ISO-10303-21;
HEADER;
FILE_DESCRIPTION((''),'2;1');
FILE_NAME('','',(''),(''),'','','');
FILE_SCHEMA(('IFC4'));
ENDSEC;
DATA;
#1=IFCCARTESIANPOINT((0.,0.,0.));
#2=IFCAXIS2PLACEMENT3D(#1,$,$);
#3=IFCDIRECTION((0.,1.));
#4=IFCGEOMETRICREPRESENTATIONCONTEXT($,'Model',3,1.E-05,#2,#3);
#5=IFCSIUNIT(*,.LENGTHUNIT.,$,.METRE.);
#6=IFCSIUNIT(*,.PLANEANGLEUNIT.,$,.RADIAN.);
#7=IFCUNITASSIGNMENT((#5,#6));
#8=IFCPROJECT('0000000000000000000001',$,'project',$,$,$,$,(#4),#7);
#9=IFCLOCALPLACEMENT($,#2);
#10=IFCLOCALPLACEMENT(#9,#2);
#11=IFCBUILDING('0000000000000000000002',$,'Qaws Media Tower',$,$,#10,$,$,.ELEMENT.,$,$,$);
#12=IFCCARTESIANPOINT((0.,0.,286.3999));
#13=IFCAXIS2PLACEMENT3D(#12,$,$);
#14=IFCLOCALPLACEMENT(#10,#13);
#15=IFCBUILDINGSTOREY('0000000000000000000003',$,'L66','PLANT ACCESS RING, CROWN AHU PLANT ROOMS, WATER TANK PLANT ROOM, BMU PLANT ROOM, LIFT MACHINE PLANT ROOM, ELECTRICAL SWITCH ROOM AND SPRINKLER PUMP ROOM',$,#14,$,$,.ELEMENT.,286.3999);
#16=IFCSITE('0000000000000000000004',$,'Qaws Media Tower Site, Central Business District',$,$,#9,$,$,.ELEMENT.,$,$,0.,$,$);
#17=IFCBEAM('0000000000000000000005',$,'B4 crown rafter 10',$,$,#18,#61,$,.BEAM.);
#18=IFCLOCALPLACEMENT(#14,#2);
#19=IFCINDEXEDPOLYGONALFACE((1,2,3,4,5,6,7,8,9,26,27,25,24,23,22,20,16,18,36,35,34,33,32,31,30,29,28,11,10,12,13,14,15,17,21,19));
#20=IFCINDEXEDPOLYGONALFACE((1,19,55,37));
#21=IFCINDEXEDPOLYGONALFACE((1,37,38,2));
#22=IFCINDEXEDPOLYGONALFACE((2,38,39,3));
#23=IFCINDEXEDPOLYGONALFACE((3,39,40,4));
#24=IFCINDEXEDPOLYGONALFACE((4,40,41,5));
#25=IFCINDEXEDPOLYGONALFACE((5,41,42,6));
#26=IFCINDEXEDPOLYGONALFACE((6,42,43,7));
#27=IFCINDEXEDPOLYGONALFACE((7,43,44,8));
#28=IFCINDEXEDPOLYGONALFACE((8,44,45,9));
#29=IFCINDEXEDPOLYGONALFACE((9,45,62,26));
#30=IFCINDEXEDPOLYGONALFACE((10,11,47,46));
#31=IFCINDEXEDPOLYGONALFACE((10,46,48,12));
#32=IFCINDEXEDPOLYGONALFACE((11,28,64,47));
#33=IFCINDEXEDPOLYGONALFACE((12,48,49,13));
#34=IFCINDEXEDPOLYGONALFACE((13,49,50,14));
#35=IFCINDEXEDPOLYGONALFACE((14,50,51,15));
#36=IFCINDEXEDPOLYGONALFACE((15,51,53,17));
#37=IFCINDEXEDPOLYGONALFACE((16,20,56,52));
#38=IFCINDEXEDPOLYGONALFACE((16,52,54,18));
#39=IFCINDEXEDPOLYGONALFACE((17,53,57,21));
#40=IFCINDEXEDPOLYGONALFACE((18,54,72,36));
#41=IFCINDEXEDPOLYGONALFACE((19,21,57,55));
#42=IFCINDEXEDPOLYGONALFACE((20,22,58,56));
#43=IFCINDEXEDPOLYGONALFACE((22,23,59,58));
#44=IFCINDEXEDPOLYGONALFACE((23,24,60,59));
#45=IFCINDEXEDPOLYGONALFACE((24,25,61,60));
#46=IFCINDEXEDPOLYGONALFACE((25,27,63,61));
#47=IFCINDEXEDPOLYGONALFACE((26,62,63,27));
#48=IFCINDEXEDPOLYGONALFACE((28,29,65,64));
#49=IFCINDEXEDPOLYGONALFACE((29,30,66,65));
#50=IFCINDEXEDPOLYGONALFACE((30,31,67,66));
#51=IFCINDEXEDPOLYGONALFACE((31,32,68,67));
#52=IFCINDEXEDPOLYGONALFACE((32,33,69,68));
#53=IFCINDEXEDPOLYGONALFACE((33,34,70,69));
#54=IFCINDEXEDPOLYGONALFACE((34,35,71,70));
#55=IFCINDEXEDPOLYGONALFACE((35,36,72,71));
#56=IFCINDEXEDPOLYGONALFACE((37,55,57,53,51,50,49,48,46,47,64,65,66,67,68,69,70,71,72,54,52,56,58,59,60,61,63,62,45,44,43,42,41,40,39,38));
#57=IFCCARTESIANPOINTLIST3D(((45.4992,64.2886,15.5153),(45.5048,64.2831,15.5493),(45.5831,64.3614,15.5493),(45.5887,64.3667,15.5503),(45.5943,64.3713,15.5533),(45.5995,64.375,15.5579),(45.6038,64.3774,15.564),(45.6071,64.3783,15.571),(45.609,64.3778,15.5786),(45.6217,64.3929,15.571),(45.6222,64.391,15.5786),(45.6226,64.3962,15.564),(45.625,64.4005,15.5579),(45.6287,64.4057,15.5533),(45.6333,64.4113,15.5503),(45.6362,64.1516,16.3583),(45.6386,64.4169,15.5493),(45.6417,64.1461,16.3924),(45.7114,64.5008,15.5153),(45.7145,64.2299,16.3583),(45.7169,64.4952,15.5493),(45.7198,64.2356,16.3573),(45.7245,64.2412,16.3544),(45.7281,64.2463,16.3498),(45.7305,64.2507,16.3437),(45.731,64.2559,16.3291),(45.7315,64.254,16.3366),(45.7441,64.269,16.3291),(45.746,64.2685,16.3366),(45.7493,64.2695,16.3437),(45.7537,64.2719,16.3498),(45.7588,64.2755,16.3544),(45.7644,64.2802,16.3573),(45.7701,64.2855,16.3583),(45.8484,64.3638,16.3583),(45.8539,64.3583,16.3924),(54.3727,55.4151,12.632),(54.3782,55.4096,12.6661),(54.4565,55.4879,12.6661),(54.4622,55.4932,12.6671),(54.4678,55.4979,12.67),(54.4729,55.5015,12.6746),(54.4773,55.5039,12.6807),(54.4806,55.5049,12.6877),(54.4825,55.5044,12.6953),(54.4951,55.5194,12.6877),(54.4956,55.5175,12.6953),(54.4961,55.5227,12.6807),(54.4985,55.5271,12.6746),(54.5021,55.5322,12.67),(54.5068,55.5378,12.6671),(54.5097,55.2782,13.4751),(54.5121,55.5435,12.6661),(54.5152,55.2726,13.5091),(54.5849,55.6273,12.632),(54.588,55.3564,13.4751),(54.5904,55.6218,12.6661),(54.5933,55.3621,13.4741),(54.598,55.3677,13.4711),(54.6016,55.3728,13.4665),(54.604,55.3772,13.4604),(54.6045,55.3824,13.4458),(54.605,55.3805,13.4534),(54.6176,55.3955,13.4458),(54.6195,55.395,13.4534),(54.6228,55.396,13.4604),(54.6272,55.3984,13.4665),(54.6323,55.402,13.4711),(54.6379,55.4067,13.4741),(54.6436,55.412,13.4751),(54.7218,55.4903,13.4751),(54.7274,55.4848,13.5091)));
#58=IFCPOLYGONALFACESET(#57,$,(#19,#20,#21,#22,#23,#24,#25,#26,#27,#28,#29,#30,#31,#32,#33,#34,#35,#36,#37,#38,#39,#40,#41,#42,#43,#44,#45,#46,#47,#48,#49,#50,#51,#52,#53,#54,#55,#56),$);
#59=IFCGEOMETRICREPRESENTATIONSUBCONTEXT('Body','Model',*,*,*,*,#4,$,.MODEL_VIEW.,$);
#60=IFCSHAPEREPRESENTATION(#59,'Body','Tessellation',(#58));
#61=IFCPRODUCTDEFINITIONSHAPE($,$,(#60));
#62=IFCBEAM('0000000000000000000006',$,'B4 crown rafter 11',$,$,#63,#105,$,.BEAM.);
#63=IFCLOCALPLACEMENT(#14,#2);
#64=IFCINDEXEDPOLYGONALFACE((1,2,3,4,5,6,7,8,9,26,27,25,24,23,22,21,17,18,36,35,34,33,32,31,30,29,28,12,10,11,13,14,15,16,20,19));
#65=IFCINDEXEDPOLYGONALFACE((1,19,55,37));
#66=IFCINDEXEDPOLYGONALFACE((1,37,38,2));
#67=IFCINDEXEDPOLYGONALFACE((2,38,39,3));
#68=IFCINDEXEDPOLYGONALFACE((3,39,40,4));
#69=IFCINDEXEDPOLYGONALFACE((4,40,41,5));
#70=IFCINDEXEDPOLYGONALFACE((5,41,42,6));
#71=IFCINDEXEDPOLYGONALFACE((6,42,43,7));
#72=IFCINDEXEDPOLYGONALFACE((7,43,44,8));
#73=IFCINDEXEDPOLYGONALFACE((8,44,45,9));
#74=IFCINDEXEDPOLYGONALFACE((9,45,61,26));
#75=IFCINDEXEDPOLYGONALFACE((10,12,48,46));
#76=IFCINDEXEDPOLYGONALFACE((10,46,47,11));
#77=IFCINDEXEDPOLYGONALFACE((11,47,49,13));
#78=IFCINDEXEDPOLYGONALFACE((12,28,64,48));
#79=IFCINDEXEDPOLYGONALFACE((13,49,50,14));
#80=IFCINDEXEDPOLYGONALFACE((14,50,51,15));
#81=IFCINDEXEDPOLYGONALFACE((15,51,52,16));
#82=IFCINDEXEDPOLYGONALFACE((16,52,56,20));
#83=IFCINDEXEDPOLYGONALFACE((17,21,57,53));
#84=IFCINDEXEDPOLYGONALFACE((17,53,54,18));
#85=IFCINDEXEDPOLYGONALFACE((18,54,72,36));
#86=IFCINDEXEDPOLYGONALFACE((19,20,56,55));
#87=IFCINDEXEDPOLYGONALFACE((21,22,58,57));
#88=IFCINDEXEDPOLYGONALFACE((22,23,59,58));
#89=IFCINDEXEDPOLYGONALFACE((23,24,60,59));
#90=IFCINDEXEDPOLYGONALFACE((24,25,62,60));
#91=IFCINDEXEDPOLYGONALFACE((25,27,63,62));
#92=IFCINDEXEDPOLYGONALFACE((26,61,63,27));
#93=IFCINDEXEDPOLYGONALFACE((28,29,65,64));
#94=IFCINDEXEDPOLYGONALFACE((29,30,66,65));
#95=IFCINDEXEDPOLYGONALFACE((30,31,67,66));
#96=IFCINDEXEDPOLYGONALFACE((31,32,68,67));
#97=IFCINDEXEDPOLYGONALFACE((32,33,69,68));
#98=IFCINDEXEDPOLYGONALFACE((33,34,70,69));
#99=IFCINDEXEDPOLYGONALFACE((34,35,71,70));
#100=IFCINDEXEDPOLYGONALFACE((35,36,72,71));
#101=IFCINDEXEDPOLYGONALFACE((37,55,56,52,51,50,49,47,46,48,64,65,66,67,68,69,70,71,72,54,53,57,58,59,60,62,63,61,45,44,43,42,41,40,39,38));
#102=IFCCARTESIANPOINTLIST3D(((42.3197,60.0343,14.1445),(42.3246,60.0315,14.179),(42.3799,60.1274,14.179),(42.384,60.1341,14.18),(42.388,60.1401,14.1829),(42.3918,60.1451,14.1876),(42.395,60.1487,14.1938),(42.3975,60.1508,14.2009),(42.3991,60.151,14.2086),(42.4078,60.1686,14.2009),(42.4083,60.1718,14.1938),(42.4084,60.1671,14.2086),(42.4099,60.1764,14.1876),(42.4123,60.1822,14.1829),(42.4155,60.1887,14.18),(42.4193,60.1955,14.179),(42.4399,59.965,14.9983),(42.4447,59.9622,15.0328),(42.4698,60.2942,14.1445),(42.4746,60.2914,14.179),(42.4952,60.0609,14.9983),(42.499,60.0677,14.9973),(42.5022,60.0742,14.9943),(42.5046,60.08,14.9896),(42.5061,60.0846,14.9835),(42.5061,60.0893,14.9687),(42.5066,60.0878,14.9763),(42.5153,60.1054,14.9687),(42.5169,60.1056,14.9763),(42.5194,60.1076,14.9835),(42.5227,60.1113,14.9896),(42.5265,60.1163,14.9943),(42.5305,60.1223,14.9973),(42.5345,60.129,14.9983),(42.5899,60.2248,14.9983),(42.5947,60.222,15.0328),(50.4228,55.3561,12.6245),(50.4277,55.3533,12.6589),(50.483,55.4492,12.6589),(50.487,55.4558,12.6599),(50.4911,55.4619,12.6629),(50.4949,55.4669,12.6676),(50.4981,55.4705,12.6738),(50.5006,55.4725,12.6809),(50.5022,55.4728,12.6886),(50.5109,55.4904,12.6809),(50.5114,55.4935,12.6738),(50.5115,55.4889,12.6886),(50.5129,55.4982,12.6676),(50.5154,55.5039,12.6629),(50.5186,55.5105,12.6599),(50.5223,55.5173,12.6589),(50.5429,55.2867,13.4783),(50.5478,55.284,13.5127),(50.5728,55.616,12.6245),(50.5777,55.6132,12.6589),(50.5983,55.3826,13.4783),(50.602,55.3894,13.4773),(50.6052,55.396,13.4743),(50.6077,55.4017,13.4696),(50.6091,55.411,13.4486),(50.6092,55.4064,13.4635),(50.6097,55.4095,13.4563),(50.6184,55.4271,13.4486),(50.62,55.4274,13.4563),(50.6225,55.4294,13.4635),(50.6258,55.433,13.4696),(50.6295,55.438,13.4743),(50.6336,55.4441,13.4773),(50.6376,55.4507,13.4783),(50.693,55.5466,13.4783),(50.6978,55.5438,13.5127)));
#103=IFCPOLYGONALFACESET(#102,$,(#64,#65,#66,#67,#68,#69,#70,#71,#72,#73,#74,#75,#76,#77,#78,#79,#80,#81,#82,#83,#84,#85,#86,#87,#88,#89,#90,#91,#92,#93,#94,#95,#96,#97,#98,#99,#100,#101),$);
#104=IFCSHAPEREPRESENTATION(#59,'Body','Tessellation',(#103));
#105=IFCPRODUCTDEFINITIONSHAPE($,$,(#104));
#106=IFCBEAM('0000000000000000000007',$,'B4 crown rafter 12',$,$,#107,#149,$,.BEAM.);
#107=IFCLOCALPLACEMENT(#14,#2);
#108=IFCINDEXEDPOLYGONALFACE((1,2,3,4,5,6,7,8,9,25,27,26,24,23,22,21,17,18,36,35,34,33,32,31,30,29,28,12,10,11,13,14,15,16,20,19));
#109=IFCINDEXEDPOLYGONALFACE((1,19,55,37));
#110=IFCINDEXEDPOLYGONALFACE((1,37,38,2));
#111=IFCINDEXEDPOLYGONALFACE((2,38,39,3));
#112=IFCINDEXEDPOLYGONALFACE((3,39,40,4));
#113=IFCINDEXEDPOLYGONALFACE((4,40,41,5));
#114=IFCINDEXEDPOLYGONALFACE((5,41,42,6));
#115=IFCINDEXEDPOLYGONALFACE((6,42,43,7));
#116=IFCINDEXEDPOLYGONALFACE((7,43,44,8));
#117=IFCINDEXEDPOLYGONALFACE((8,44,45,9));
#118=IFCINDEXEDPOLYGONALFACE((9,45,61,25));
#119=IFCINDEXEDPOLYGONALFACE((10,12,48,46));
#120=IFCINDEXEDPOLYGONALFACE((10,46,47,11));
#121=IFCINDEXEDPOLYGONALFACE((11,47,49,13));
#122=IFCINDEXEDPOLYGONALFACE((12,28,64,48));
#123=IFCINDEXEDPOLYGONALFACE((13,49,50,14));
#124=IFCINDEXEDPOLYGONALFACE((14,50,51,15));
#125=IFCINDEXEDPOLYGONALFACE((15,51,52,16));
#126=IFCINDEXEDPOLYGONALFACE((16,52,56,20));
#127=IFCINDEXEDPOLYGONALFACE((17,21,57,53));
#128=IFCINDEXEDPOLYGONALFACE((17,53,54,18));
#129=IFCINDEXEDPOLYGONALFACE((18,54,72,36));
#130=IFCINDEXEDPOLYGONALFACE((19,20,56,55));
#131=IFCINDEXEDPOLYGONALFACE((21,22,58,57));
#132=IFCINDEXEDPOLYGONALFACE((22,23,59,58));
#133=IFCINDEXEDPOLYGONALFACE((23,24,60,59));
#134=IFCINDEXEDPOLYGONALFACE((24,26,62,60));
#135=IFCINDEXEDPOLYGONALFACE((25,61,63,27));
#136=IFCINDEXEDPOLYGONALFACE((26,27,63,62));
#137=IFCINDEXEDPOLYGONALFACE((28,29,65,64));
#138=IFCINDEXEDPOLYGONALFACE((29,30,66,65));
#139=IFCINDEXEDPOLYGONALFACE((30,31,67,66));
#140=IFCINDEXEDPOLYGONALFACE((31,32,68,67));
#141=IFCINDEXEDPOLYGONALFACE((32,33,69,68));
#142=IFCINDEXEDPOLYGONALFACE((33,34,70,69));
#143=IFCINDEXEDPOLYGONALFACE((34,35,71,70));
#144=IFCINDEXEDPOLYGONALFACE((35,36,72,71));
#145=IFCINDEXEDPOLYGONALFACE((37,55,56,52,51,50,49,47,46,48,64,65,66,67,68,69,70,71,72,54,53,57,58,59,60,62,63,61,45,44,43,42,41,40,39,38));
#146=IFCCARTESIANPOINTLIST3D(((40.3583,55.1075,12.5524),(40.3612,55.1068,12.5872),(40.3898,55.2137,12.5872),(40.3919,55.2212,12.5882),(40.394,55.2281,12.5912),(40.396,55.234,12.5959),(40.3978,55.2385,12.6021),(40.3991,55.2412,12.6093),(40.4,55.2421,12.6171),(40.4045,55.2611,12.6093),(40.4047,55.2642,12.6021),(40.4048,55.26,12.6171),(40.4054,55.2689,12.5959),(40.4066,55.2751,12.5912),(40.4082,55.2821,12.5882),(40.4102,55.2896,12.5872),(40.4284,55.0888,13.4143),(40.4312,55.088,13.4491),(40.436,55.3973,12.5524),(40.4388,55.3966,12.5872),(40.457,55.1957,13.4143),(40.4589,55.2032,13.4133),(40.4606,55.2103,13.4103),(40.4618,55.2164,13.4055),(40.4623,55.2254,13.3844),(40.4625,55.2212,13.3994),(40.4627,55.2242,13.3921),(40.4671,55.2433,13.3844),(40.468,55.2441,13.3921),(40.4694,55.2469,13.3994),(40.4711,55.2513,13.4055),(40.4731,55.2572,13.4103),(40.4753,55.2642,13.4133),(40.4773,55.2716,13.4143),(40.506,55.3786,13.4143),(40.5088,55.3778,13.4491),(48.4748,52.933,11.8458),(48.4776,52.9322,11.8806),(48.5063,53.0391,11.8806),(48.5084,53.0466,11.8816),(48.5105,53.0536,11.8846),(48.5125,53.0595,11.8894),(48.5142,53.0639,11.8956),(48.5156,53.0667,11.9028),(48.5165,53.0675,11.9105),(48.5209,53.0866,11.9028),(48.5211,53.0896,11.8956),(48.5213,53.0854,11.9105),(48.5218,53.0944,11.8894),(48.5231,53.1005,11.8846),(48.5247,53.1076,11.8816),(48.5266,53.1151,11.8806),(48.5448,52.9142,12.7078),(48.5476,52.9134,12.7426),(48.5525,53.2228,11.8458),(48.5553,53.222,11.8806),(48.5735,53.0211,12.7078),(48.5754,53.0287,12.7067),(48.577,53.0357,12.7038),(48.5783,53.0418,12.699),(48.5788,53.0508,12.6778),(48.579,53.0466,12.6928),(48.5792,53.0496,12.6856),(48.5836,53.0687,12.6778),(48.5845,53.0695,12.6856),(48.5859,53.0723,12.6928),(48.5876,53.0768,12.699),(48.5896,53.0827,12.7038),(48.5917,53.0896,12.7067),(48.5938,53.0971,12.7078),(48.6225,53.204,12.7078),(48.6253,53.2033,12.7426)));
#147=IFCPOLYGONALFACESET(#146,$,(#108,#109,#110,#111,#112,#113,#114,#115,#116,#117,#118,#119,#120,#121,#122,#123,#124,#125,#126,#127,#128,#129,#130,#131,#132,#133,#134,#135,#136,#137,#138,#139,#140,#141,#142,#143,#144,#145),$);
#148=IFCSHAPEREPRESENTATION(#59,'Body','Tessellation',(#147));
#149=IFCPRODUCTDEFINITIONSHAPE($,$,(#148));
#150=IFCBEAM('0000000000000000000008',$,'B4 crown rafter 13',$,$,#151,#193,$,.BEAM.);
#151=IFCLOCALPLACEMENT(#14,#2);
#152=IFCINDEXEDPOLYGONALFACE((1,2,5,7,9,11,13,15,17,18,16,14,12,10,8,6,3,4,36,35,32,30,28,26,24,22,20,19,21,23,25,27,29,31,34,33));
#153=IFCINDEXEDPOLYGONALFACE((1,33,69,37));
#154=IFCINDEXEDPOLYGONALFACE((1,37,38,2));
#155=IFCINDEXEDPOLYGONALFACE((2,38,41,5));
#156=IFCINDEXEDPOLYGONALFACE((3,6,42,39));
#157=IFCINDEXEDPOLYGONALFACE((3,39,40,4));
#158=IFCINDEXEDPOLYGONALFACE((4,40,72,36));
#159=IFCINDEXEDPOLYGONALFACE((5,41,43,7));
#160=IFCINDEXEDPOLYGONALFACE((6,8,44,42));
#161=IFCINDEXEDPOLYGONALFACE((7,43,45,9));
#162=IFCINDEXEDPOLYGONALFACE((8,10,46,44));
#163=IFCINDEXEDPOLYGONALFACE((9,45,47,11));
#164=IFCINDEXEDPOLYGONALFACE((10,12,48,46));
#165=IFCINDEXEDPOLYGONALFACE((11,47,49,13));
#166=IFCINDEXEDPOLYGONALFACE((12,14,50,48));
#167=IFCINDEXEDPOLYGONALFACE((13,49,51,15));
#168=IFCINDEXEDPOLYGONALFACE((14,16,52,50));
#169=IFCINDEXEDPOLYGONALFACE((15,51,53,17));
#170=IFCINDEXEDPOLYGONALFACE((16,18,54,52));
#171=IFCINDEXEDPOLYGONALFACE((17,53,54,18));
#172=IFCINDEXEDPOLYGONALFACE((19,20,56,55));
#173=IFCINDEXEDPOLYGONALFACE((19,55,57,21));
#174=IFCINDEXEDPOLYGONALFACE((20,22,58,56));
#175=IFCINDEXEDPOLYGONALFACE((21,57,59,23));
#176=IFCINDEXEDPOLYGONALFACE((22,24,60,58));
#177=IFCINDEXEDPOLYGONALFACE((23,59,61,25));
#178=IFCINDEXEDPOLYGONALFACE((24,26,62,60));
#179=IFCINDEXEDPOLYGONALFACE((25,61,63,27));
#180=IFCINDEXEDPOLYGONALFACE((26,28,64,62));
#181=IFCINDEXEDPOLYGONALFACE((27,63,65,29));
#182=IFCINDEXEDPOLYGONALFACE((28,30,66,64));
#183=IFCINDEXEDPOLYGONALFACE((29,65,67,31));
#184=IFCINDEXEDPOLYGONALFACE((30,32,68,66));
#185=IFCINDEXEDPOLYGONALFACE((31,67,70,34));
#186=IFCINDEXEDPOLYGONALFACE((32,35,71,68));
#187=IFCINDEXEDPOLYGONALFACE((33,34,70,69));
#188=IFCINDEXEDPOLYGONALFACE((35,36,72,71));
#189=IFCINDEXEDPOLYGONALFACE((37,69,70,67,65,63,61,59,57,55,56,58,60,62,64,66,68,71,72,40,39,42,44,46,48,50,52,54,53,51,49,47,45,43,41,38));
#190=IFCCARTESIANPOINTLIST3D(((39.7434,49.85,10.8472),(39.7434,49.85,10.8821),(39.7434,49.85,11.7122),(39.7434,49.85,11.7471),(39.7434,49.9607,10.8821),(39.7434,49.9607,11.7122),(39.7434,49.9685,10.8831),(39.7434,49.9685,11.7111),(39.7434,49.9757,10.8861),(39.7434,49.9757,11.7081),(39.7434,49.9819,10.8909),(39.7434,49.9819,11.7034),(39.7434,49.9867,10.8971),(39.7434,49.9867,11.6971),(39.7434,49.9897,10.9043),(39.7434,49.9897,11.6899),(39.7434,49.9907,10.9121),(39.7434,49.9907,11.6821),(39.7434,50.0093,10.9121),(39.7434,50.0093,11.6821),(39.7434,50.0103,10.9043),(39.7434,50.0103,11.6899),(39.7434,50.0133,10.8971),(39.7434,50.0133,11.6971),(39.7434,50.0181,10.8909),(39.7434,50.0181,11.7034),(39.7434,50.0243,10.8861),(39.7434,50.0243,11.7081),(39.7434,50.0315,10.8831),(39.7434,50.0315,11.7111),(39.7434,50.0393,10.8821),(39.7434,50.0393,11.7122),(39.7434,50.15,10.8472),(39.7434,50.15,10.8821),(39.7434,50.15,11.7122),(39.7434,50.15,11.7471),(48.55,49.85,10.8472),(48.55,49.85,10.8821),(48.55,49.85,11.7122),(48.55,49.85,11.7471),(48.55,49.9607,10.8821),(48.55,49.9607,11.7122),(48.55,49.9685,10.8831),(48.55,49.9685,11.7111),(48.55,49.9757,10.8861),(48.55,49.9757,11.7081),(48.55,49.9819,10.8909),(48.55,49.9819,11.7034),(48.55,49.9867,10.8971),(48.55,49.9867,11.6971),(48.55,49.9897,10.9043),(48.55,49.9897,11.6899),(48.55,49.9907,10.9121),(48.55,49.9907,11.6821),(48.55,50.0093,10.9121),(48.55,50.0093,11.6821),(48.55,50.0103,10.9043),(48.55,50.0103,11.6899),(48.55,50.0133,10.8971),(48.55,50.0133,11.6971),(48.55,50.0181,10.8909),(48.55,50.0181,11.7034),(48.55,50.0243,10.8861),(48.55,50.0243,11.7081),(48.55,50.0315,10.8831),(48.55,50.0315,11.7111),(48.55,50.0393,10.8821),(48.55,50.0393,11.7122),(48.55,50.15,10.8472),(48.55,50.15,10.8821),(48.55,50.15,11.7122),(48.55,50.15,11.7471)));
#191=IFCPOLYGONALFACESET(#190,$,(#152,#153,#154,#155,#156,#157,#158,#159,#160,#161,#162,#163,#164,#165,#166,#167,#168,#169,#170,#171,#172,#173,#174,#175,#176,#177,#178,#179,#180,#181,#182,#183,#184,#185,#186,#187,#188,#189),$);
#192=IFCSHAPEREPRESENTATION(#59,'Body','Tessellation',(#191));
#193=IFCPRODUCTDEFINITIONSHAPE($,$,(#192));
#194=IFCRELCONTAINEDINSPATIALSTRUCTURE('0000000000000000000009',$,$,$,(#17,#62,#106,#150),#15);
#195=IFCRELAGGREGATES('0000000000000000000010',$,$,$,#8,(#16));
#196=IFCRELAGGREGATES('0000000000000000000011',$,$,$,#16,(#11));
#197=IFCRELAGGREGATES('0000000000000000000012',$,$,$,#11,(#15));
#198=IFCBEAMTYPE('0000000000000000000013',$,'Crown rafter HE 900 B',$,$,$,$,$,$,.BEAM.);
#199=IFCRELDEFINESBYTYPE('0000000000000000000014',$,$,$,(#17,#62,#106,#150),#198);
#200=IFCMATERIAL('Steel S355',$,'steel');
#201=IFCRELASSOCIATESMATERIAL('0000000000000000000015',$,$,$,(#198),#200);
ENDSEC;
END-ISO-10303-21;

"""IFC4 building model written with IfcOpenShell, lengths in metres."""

from ifc_helpers import new_model, si_unit, direction, frame, origin, origin_2d, place, context, subcontext, project, spatial, i_section, extrude, material, material_profile, profile_set, type_object, element, save


model = new_model("IFC4")

# Units and contexts
model_context = context("Model", 3, precision=1e-05, world=origin(), true_north=direction((0.0, 1.0)))
body_context = subcontext(model_context, "Body", "Model", "MODEL_VIEW")
ifc_project = project(units=[si_unit("LENGTHUNIT", "METRE"), si_unit("PLANEANGLEUNIT", "RADIAN")], contexts=[model_context])

# Site, building, storey
site_placement = place(None, origin())
site = spatial("IfcSite", under=ifc_project, at=site_placement, Name="Qaws Media Tower Site, Central Business District", CompositionType="ELEMENT", RefElevation=0.0)
building_placement = place(site_placement, origin())
building = spatial("IfcBuilding", under=site, at=building_placement, Name="Qaws Media Tower", CompositionType="ELEMENT")
storey_placement = place(building_placement, frame((0.0, 0.0, 286.3999)))
storey = spatial("IfcBuildingStorey", under=building, at=storey_placement, Name="L66", Description="PLANT ACCESS RING, CROWN AHU PLANT ROOMS, WATER TANK PLANT ROOM, BMU PLANT ROOM, LIFT MACHINE PLANT ROOM, ELECTRICAL SWITCH ROOM AND SPRINKLER PUMP ROOM", CompositionType="ELEMENT", Elevation=286.3999)

# Beams
ifc_material_1 = material(Name="Steel S355", Category="steel")
ifc_material_profile_1 = material_profile(ifc_material_1, i_section(OverallWidth=0.3, OverallDepth=0.8999, WebThickness=0.0186, FlangeThickness=0.0349, FilletRadius=0.03, at=origin_2d()), Name="HE 900 B")
ifc_profile_set_1 = profile_set([ifc_material_profile_1], Name="Steel S355")
beam_type_1 = type_object("IfcBeamType", Name="Crown rafter HE 900 B", PredefinedType="BEAM", material=ifc_profile_set_1)
beam_1_placement = place(storey_placement, frame((54.55, 55.45, 13.0706), z_axis=(-0.68915, 0.68915, 0.223927), x_axis=(-0.707107, -0.707107, 0.0)))
element("IfcBeam", 1, at=beam_1_placement, inside=storey, type_object=beam_type_1, Name="B4 crown rafter 10", PredefinedType="BEAM", context=body_context, shape_type="SweptSolid", body=[
    extrude(i_section(OverallWidth=0.3, OverallDepth=0.8999, WebThickness=0.0186, FlangeThickness=0.0349, FilletRadius=0.03, at=origin_2d()), origin(), (0.0, 0.0, 1.0), 12.876),
])
beam_2_placement = place(storey_placement, frame((50.5603, 55.45, 13.0686), z_axis=(-0.854822, 0.493525, 0.160353), x_axis=(-0.499995, -0.866028, 0.0)))
element("IfcBeam", 2, at=beam_2_placement, inside=storey, type_object=beam_type_1, Name="B4 crown rafter 11", PredefinedType="BEAM", context=body_context, shape_type="SweptSolid", body=[
    extrude(i_section(OverallWidth=0.3, OverallDepth=0.8999, WebThickness=0.0186, FlangeThickness=0.0349, FilletRadius=0.03, at=origin_2d()), origin(), (0.0, 0.0, 1.0), 9.4792),
])
beam_3_placement = place(storey_placement, frame((48.55, 53.0681, 12.2942), z_axis=(-0.962536, 0.257883, 0.083789), x_axis=(-0.258793, -0.965933, 0.0)))
element("IfcBeam", 3, at=beam_3_placement, inside=storey, type_object=beam_type_1, Name="B4 crown rafter 12", PredefinedType="BEAM", context=body_context, shape_type="SweptSolid", body=[
    extrude(i_section(OverallWidth=0.3, OverallDepth=0.8999, WebThickness=0.0186, FlangeThickness=0.0349, FilletRadius=0.03, at=origin_2d()), origin(), (0.0, 0.0, 1.0), 8.4324),
])
beam_4_placement = place(storey_placement, frame((48.55, 50.0, 11.2971), z_axis=(-1.0, 0.0, 0.0), x_axis=(0.0, -1.0, 0.0)))
element("IfcBeam", 4, at=beam_4_placement, inside=storey, type_object=beam_type_1, Name="B4 crown rafter 13", PredefinedType="BEAM", context=body_context, shape_type="SweptSolid", body=[
    extrude(i_section(OverallWidth=0.3, OverallDepth=0.8999, WebThickness=0.0186, FlangeThickness=0.0349, FilletRadius=0.03, at=origin_2d()), origin(), (0.0, 0.0, 1.0), 8.8066),
])

save(model, "model.ifc")
